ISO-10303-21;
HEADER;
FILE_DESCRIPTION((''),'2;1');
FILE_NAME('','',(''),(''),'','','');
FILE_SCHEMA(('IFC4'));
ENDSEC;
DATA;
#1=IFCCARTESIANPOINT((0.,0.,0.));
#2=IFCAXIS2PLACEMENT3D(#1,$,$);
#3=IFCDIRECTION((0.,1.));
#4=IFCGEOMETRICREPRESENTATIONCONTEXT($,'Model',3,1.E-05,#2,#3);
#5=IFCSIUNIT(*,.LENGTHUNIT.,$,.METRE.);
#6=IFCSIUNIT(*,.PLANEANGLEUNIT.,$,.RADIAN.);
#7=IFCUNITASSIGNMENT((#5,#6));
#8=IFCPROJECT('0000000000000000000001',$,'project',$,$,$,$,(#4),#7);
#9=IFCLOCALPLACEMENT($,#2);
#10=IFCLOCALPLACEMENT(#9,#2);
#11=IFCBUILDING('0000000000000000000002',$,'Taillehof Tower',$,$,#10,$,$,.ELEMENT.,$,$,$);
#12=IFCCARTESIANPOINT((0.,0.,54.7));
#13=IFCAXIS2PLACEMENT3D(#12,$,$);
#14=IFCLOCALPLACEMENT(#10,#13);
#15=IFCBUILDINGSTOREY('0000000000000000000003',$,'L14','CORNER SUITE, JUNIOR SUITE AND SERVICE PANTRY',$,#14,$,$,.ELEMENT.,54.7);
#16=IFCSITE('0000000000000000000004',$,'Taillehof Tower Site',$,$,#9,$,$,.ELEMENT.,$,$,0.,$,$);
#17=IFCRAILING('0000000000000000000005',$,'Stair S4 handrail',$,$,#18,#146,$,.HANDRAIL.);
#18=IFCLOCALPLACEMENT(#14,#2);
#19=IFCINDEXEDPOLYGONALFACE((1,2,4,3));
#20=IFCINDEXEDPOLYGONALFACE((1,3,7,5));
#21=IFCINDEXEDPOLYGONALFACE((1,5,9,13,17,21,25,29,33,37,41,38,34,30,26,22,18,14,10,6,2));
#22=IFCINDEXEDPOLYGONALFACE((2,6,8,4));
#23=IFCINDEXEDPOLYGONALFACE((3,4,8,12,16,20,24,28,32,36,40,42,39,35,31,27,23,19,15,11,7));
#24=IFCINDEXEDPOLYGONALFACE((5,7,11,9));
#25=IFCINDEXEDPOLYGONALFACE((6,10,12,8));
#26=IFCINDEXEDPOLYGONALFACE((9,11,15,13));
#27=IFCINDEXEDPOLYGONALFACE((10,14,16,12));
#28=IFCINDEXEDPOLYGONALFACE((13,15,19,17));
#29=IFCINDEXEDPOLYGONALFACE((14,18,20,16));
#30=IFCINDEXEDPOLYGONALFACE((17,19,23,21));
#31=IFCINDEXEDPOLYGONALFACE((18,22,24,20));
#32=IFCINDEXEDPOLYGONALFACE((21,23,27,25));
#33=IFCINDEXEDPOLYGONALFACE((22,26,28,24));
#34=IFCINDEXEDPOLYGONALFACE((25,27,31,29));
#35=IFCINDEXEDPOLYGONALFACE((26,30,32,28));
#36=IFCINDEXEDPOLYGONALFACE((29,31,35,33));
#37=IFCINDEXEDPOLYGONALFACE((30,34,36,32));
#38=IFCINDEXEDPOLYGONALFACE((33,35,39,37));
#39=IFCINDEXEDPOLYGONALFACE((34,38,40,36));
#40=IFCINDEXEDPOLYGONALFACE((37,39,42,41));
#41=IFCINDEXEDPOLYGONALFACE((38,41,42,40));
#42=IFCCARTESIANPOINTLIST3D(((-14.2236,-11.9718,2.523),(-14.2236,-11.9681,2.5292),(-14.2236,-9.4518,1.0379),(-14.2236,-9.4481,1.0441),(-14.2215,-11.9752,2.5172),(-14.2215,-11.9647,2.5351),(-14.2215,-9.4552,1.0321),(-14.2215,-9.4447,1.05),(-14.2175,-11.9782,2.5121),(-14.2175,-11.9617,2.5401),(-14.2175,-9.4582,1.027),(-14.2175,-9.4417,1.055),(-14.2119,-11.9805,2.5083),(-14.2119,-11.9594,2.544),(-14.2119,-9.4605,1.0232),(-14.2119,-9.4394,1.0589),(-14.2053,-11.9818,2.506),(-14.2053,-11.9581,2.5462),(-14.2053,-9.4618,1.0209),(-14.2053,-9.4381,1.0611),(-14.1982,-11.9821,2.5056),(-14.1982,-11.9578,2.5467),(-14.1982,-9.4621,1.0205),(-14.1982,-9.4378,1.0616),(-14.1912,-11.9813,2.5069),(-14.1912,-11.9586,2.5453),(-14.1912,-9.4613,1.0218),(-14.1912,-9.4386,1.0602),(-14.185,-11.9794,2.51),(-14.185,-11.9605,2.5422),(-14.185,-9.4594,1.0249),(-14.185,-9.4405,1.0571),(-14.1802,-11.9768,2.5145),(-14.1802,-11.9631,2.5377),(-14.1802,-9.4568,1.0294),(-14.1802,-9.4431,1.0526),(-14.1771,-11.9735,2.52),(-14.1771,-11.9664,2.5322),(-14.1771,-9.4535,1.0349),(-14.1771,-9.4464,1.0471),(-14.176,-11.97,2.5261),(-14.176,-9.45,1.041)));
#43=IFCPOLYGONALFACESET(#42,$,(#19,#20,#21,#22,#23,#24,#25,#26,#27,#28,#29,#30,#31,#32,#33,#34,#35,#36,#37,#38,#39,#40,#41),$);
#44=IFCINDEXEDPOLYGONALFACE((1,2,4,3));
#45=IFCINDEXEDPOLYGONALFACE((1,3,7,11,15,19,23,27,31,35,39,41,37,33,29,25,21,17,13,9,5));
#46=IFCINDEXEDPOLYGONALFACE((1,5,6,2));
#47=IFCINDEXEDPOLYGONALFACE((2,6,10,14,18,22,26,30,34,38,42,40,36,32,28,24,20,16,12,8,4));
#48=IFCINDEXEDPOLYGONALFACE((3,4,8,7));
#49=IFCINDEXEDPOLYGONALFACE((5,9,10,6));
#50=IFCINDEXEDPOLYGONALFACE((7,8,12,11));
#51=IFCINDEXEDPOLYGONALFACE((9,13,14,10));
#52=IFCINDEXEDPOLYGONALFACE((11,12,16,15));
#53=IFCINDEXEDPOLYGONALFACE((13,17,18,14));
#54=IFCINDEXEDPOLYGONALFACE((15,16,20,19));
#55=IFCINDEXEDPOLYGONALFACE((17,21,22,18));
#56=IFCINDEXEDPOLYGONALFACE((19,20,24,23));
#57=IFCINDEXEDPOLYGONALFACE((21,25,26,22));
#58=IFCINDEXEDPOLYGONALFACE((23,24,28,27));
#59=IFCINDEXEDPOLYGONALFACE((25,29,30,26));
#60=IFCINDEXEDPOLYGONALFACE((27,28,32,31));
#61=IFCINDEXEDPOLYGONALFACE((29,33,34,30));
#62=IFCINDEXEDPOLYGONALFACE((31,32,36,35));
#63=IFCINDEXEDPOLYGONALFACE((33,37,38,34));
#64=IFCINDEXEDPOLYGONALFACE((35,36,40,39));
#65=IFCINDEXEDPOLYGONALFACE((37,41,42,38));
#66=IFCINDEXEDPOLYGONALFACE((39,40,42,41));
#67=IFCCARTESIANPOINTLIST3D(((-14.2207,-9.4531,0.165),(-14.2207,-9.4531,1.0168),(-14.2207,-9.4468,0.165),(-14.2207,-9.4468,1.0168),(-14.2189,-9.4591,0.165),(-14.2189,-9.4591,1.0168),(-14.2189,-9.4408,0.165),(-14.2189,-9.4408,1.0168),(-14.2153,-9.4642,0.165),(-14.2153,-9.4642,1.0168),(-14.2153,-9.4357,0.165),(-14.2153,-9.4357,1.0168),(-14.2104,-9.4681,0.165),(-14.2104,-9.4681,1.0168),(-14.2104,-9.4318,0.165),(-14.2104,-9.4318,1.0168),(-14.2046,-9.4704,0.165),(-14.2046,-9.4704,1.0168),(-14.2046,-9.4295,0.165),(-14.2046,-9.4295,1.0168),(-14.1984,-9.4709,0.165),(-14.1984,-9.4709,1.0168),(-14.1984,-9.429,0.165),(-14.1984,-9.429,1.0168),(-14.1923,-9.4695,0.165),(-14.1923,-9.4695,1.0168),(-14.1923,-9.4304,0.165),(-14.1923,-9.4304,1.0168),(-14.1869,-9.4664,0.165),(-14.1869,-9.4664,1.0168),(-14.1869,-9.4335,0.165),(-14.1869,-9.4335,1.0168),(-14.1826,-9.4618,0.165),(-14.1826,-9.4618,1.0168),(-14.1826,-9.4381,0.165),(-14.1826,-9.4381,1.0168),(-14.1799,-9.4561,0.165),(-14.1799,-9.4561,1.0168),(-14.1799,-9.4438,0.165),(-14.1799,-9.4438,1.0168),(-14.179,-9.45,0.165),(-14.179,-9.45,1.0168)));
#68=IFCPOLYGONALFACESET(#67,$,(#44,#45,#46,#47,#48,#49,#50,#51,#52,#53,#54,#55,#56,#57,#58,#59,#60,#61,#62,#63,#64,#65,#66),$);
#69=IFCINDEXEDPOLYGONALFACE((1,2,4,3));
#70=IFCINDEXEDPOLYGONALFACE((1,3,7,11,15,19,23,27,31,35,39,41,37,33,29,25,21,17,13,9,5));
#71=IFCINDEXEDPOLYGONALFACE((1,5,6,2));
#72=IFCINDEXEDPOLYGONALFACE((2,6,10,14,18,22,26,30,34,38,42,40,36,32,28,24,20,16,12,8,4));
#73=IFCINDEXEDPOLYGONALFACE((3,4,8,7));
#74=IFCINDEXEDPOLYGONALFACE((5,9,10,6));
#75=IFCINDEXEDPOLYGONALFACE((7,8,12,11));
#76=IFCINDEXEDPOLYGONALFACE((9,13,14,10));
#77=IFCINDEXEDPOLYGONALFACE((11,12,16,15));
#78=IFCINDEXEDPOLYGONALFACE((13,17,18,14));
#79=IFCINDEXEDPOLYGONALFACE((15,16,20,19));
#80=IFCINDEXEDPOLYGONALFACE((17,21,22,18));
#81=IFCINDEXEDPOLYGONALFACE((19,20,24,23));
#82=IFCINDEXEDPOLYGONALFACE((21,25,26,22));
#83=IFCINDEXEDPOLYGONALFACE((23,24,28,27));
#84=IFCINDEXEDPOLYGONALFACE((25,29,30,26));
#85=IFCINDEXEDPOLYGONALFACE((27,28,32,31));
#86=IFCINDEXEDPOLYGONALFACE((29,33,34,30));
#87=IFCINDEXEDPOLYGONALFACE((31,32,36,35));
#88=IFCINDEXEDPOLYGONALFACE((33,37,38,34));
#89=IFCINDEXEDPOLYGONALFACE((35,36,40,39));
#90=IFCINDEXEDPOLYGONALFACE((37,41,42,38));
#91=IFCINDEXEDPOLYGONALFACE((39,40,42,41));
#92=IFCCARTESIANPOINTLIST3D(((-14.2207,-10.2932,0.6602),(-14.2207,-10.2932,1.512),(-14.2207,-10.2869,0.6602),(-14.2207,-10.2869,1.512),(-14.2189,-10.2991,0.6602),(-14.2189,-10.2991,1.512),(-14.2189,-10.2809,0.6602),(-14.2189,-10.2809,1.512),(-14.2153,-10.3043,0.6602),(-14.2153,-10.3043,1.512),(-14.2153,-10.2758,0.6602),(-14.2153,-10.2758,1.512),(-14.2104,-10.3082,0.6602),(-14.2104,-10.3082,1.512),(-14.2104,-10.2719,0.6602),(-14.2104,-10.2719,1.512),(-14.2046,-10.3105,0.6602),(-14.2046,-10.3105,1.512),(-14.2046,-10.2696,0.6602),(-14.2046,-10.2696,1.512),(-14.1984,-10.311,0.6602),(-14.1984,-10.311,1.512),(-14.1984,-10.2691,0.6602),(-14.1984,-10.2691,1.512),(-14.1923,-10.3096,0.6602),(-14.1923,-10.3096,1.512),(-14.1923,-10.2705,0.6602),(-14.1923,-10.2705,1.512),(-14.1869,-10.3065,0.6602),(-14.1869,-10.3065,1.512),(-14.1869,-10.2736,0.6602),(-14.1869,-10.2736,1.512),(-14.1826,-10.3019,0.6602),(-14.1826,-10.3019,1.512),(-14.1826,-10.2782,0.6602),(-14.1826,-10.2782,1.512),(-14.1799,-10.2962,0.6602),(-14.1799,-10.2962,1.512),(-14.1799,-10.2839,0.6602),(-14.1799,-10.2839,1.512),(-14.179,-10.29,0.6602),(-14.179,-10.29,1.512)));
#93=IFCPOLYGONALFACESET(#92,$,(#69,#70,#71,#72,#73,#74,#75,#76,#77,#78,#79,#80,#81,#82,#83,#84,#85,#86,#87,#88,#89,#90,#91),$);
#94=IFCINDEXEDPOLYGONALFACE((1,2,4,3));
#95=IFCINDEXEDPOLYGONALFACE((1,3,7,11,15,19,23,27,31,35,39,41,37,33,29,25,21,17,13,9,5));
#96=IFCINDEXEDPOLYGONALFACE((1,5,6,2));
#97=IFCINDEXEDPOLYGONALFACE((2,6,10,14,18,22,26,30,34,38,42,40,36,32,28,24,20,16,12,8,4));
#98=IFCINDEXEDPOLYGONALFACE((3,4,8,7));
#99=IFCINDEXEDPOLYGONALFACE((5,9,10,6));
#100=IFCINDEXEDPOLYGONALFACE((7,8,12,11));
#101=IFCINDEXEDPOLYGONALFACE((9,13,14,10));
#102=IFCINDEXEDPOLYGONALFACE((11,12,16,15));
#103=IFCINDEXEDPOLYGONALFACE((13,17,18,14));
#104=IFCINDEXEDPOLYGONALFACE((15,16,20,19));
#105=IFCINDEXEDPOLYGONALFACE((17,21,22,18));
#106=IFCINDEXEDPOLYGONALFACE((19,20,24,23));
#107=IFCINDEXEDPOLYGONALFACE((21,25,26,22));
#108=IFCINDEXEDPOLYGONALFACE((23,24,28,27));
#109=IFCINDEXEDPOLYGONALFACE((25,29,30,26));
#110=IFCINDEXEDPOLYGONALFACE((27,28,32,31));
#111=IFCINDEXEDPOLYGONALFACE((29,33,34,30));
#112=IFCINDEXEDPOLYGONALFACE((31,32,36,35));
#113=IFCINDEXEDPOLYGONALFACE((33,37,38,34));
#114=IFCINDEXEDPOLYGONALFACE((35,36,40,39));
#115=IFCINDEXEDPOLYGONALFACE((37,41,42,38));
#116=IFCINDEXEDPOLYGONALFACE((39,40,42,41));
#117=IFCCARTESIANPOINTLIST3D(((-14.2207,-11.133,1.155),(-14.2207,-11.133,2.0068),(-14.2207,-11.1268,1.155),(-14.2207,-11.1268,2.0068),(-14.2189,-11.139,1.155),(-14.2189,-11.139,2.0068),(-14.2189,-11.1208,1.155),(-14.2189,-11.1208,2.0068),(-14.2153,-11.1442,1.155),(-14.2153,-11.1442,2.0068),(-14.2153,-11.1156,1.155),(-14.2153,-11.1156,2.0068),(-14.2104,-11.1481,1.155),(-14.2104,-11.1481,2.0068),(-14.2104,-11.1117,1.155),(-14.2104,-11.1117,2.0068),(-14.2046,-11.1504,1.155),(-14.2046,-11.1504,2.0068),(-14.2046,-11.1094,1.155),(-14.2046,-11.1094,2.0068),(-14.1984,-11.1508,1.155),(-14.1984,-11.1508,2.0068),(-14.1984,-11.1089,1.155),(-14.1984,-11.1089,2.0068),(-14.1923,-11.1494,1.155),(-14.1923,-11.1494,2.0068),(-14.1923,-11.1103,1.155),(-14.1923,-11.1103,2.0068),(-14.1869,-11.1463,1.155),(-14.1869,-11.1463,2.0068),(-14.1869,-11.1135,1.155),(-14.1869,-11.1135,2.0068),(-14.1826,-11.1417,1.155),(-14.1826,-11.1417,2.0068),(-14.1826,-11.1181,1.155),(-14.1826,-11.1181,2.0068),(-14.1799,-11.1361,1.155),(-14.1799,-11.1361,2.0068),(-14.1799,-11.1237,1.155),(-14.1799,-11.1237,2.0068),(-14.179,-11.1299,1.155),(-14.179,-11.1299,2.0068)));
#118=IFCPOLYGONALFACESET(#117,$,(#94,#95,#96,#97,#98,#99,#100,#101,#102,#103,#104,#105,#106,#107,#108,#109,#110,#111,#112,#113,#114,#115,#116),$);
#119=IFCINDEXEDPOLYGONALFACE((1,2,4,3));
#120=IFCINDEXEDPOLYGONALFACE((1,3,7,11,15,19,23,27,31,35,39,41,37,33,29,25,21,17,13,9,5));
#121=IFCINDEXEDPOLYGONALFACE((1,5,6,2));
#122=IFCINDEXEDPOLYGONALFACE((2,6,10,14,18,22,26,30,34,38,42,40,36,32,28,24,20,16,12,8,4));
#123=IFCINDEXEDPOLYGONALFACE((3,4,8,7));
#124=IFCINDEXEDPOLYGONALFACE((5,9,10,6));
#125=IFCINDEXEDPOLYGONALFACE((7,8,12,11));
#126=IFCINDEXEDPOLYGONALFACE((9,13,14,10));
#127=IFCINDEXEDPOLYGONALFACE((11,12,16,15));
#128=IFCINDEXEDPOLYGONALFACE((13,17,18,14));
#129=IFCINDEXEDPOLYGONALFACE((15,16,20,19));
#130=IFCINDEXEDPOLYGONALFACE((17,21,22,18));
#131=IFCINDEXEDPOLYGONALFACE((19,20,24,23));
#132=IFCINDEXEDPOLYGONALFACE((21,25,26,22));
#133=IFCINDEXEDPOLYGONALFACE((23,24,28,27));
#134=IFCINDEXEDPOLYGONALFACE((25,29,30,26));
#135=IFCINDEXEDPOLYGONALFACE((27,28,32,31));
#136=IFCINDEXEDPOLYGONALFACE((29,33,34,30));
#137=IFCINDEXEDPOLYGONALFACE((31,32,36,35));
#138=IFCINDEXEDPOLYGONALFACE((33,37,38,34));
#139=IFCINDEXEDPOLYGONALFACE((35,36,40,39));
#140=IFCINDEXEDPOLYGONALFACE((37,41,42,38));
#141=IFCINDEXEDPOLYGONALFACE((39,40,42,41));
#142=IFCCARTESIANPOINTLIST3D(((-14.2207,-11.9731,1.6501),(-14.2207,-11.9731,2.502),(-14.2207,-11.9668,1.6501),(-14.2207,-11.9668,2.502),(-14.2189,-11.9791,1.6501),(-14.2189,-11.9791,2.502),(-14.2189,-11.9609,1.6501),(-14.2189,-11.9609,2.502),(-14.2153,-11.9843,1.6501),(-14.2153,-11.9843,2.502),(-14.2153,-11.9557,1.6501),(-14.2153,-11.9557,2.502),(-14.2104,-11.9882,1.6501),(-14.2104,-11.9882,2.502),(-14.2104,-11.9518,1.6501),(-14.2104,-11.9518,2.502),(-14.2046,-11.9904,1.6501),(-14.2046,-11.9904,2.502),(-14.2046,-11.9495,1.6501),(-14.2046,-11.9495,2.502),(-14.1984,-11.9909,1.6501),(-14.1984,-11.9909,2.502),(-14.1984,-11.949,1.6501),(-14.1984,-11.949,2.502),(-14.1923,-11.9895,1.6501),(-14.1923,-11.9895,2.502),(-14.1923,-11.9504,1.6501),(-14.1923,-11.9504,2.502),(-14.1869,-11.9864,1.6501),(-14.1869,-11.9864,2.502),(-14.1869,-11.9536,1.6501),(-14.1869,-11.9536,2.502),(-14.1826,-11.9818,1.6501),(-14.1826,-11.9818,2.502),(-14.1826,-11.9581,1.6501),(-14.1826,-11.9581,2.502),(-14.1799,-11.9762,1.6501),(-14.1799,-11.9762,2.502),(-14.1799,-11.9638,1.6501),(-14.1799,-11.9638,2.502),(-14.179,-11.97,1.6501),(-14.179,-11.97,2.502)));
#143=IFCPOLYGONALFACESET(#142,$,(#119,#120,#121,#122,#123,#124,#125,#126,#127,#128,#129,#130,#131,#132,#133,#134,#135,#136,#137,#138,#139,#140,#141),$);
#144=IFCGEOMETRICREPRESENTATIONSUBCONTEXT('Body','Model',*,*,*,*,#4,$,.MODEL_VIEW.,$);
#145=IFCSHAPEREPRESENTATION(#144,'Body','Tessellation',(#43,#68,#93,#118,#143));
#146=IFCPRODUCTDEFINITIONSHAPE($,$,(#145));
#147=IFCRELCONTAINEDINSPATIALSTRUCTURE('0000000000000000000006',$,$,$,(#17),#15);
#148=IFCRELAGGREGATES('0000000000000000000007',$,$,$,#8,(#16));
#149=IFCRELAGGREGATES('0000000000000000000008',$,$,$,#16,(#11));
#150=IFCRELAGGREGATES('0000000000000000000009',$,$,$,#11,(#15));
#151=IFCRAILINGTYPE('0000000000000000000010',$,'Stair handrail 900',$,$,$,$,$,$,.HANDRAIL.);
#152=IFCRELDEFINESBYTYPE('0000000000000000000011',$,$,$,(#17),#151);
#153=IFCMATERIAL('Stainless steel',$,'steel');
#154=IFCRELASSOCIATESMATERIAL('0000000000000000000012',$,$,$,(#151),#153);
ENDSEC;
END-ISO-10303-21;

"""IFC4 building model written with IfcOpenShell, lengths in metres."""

from ifc_helpers import new_model, si_unit, direction, frame, origin, origin_2d, place, context, subcontext, project, spatial, circle, extrude, material, type_object, element, save


model = new_model("IFC4")

# Units and contexts
model_context = context("Model", 3, precision=1e-05, world=origin(), true_north=direction((0.0, 1.0)))
body_context = subcontext(model_context, "Body", "Model", "MODEL_VIEW")
ifc_project = project(units=[si_unit("LENGTHUNIT", "METRE"), si_unit("PLANEANGLEUNIT", "RADIAN")], contexts=[model_context])

# Site, building, storey
site_placement = place(None, origin())
site = spatial("IfcSite", under=ifc_project, at=site_placement, Name="Taillehof Tower Site", CompositionType="ELEMENT", RefElevation=0.0)
building_placement = place(site_placement, origin())
building = spatial("IfcBuilding", under=site, at=building_placement, Name="Taillehof Tower", CompositionType="ELEMENT")
storey_placement = place(building_placement, frame((0.0, 0.0, 54.7)))
storey = spatial("IfcBuildingStorey", under=building, at=storey_placement, Name="L14", Description="CORNER SUITE, JUNIOR SUITE AND SERVICE PANTRY", CompositionType="ELEMENT", Elevation=54.7)

# Railing
ifc_material_1 = material(Name="Stainless steel", Category="steel")
railing_type_1 = type_object("IfcRailingType", Name="Stair handrail 900", PredefinedType="HANDRAIL", material=ifc_material_1)
railing_1_placement = place(storey_placement, frame((-14.2, -9.45, 0.165)))
element("IfcRailing", 1, at=railing_1_placement, inside=storey, type_object=railing_type_1, Name="Stair S4 handrail", PredefinedType="HANDRAIL", context=body_context, shape_type="SweptSolid", body=[
    extrude(circle(Radius=0.0239, at=origin_2d()), frame((0.0, 0.0, 0.876), z_axis=(0.0, -0.861524, 0.507717), x_axis=(1.0, 0.0, 0.0)), (0.0, 0.0, 1.0), 2.925),
    extrude(circle(Radius=0.021, at=origin_2d()), origin(), (0.0, 0.0, 1.0), 0.8518),
    extrude(circle(Radius=0.021, at=origin_2d()), frame((0.0, -0.8401, 0.4951)), (0.0, 0.0, 1.0), 0.8518),
    extrude(circle(Radius=0.021, at=origin_2d()), frame((0.0, -1.6799, 0.99)), (0.0, 0.0, 1.0), 0.8518),
    extrude(circle(Radius=0.021, at=origin_2d()), frame((0.0, -2.52, 1.4851)), (0.0, 0.0, 1.0), 0.8518),
])

save(model, "model.ifc")
